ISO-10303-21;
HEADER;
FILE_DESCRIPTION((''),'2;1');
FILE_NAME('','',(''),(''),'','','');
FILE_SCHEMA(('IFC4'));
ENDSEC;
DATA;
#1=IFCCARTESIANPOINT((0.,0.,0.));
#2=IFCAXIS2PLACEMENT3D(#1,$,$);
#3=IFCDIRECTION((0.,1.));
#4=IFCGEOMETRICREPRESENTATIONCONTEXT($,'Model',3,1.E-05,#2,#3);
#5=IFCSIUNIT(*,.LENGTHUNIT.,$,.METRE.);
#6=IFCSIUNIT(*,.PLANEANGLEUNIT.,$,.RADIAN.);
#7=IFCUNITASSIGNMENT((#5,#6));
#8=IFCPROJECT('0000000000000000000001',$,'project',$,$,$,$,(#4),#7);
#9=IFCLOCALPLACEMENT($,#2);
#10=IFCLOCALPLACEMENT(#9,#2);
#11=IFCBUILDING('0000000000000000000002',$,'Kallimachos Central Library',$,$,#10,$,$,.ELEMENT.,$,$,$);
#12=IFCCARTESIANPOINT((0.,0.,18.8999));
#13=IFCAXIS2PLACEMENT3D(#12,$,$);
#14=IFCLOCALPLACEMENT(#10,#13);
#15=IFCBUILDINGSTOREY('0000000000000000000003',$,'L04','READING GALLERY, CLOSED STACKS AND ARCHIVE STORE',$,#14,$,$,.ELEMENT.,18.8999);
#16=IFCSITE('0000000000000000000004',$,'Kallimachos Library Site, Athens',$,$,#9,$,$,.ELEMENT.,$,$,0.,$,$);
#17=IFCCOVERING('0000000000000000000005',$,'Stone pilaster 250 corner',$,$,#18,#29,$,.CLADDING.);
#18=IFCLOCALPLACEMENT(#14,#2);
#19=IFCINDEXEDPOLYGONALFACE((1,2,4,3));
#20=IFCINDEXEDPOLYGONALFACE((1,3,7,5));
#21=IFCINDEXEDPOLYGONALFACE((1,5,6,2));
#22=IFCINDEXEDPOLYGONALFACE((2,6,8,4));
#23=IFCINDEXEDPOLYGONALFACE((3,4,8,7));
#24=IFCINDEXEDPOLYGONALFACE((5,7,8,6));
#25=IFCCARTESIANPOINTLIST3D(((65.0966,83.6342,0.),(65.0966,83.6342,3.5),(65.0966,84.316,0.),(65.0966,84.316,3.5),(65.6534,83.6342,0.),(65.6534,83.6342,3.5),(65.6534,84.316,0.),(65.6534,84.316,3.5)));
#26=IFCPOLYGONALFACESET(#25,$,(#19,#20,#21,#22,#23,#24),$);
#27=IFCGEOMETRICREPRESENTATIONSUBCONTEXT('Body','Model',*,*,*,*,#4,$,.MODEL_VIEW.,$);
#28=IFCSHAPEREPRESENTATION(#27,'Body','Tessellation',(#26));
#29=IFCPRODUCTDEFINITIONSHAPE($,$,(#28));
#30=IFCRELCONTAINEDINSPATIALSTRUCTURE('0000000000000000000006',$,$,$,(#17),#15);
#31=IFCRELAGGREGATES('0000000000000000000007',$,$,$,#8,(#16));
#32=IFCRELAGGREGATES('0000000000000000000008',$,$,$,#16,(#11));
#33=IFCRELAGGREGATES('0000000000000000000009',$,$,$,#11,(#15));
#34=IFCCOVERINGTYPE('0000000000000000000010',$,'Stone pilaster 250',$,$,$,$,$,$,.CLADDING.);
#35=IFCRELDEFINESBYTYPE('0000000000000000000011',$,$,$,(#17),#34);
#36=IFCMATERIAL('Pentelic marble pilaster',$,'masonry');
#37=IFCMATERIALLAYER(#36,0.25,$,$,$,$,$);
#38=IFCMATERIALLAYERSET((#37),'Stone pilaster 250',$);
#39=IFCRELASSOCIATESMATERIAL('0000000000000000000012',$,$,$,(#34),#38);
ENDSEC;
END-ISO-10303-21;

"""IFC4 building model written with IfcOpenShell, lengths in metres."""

from ifc_helpers import new_model, si_unit, direction, frame, origin, origin_2d, place, context, subcontext, project, spatial, rectangle, extrude, material, layer, layer_set, type_object, element, save


model = new_model("IFC4")

# Units and contexts
model_context = context("Model", 3, precision=1e-05, world=origin(), true_north=direction((0.0, 1.0)))
body_context = subcontext(model_context, "Body", "Model", "MODEL_VIEW")
ifc_project = project(units=[si_unit("LENGTHUNIT", "METRE"), si_unit("PLANEANGLEUNIT", "RADIAN")], contexts=[model_context])

# Site, building, storey
site_placement = place(None, origin())
site = spatial("IfcSite", under=ifc_project, at=site_placement, Name="Kallimachos Library Site, Athens", CompositionType="ELEMENT", RefElevation=0.0)
building_placement = place(site_placement, origin())
building = spatial("IfcBuilding", under=site, at=building_placement, Name="Kallimachos Central Library", CompositionType="ELEMENT")
storey_placement = place(building_placement, frame((0.0, 0.0, 18.8999)))
storey = spatial("IfcBuildingStorey", under=building, at=storey_placement, Name="L04", Description="READING GALLERY, CLOSED STACKS AND ARCHIVE STORE", CompositionType="ELEMENT", Elevation=18.8999)

# Covering
ifc_material_1 = material(Name="Pentelic marble pilaster", Category="masonry")
ifc_layer_1 = layer(ifc_material_1, 0.25)
ifc_layer_set_1 = layer_set([ifc_layer_1], Name="Stone pilaster 250")
covering_type_1 = type_object("IfcCoveringType", Name="Stone pilaster 250", PredefinedType="CLADDING", material=ifc_layer_set_1)
covering_1_placement = place(storey_placement, frame((65.375, 83.9751, 0.0), z_axis=(0.0, 0.0, 1.0), x_axis=(1.0, 0.0, 0.0)))
element("IfcCovering", 1, at=covering_1_placement, inside=storey, type_object=covering_type_1, Name="Stone pilaster 250 corner", PredefinedType="CLADDING", context=body_context, shape_type="SweptSolid", body=[
    extrude(rectangle(XDim=0.5569, YDim=0.6819, at=origin_2d()), origin(), (0.0, 0.0, 1.0), 3.5),
])

save(model, "model.ifc")
